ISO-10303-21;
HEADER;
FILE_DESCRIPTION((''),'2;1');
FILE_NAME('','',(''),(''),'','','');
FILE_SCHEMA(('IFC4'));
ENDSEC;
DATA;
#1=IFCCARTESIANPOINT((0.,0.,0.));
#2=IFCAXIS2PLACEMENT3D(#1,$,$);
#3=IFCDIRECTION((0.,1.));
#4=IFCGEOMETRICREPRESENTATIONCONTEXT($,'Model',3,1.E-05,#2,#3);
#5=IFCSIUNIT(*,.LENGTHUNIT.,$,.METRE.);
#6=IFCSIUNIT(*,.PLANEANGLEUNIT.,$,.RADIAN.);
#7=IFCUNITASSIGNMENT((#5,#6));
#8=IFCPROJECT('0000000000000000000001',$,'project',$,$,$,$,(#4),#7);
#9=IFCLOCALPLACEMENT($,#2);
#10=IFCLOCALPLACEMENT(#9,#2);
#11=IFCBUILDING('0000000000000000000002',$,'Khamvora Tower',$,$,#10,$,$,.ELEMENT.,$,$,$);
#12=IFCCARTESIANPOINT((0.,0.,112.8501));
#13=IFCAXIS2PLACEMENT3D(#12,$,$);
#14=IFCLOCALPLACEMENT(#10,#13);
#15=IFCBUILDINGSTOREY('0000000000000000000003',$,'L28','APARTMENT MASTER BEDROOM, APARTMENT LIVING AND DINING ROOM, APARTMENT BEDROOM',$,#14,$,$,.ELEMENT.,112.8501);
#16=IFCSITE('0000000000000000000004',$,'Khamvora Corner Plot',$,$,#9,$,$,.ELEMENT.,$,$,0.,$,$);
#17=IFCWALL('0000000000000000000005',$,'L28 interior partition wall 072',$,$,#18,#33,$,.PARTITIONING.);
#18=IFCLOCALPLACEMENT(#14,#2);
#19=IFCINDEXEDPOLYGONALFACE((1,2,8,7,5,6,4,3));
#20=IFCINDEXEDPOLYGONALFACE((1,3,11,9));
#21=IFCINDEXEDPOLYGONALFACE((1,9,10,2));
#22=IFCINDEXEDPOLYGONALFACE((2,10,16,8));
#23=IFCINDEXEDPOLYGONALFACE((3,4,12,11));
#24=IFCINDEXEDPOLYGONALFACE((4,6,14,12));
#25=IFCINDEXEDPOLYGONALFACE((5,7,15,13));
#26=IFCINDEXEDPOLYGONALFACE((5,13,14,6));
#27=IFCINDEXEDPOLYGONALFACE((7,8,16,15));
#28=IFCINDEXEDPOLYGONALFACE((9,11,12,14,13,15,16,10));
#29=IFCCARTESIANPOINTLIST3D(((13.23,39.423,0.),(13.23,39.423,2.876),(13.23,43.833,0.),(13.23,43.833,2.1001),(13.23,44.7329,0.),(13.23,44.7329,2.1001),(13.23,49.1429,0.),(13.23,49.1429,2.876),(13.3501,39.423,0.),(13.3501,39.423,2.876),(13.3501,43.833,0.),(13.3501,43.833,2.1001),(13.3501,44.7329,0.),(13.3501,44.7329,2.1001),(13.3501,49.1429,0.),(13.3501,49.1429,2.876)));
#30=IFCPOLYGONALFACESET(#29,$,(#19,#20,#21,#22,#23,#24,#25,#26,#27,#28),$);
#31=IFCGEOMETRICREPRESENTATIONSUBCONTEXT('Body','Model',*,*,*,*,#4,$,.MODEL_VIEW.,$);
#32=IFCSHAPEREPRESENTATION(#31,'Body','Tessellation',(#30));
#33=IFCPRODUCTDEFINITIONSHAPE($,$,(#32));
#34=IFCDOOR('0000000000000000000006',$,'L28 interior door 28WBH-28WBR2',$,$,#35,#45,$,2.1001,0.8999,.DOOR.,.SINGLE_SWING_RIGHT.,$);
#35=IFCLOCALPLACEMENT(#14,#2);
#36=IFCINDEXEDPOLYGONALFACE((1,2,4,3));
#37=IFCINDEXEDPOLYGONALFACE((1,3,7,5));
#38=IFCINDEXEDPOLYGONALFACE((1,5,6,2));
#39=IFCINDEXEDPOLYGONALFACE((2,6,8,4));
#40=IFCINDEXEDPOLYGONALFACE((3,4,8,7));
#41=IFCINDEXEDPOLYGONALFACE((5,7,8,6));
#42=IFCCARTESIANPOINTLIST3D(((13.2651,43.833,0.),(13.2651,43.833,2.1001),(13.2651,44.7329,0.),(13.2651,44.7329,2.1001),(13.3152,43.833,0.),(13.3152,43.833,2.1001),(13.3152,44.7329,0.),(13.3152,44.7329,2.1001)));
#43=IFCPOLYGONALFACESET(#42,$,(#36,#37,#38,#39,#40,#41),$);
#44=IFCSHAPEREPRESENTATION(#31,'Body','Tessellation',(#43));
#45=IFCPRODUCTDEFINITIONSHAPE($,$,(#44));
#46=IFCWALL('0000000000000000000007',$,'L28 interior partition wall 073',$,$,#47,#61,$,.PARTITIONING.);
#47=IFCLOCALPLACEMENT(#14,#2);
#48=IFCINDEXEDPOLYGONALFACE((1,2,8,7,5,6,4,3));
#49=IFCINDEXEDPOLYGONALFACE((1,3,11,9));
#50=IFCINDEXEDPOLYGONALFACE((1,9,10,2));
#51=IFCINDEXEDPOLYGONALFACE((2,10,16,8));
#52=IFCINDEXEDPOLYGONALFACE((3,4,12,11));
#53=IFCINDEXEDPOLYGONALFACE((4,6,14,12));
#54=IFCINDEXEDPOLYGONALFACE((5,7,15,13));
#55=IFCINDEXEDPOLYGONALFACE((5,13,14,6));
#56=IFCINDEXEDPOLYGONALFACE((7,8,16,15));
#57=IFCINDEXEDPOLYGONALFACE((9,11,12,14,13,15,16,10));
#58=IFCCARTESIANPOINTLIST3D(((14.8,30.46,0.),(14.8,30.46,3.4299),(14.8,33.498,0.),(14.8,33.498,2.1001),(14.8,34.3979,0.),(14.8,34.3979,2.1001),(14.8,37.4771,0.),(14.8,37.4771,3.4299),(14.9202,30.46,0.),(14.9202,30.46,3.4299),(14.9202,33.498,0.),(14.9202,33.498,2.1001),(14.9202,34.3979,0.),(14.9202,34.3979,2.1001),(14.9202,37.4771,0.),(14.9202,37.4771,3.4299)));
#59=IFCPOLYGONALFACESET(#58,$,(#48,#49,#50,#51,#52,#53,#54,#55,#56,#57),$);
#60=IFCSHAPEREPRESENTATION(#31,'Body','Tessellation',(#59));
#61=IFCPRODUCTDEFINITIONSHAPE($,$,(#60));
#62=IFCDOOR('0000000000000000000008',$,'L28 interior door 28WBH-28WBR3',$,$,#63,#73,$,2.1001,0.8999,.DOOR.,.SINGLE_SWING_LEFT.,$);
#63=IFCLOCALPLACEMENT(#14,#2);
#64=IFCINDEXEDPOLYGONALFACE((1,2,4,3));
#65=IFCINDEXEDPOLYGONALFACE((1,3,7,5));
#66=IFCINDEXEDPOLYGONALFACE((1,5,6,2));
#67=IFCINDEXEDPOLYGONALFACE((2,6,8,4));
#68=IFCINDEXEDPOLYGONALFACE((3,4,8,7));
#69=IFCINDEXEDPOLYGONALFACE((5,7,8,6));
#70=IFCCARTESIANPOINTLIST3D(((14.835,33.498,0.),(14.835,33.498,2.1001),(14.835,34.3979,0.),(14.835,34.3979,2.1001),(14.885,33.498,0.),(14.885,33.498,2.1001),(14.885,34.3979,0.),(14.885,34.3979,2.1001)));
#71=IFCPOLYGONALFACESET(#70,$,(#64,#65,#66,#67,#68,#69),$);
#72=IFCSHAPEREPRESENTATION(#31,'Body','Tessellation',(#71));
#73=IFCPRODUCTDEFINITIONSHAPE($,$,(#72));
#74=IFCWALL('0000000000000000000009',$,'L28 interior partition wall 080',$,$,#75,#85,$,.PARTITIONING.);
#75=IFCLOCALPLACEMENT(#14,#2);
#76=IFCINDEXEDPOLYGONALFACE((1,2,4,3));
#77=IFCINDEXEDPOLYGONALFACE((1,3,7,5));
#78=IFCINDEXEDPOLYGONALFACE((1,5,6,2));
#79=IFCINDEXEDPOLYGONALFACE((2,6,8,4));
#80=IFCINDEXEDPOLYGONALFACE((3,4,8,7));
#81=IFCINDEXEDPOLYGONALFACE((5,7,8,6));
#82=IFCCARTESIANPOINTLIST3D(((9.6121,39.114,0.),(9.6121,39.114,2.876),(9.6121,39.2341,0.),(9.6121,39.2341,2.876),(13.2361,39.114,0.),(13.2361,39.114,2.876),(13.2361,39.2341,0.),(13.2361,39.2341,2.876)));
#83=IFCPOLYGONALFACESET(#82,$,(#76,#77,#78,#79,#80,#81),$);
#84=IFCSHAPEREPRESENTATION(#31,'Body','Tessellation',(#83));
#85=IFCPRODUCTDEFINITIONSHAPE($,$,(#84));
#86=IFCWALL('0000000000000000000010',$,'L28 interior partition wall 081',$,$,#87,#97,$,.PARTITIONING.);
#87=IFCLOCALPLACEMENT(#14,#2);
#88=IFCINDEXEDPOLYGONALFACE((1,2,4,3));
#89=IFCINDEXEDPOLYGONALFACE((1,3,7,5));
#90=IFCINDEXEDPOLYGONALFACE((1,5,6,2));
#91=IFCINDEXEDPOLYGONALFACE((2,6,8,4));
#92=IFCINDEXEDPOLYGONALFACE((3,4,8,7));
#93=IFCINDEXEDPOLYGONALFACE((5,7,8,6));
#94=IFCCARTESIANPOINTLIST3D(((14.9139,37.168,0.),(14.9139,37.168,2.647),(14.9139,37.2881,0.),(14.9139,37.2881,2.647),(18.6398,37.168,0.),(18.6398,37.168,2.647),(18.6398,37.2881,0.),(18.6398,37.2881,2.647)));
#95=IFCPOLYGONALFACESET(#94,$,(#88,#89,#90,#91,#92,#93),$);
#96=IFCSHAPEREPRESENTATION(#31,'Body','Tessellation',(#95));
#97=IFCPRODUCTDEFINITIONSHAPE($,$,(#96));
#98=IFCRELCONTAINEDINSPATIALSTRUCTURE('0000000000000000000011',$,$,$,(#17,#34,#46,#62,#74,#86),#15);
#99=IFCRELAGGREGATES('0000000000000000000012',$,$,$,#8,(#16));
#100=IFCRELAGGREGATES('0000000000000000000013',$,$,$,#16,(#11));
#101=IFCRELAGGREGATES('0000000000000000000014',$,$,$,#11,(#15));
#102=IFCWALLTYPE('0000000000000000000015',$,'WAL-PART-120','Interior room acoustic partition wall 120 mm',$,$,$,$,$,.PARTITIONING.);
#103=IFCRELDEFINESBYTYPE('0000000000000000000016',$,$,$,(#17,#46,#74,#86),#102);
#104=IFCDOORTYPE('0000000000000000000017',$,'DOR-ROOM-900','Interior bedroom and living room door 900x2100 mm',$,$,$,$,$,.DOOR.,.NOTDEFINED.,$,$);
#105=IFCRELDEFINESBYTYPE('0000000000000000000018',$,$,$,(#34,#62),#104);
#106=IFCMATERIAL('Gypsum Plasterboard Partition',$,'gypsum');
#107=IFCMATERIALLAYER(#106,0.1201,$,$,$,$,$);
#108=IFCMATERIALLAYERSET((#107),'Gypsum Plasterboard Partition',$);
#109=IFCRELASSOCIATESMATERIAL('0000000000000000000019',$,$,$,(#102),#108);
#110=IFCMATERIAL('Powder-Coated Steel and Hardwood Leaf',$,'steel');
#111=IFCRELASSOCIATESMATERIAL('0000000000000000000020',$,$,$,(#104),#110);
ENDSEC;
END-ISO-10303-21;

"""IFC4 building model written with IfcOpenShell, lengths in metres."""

from ifc_helpers import new_model, si_unit, direction, frame, frame_2d, origin, place, context, subcontext, project, spatial, rectangle, extrude, material, layer, layer_set, type_object, element, fill, save


model = new_model("IFC4")

# Units and contexts
model_context = context("Model", 3, precision=1e-05, world=origin(), true_north=direction((0.0, 1.0)))
body_context = subcontext(model_context, "Body", "Model", "MODEL_VIEW")
ifc_project = project(units=[si_unit("LENGTHUNIT", "METRE"), si_unit("PLANEANGLEUNIT", "RADIAN")], contexts=[model_context])

# Site, building, storey
site_placement = place(None, origin())
site = spatial("IfcSite", under=ifc_project, at=site_placement, Name="Khamvora Corner Plot", CompositionType="ELEMENT", RefElevation=0.0)
building_placement = place(site_placement, origin())
building = spatial("IfcBuilding", under=site, at=building_placement, Name="Khamvora Tower", CompositionType="ELEMENT")
storey_placement = place(building_placement, frame((0.0, 0.0, 112.8501)))
storey = spatial("IfcBuildingStorey", under=building, at=storey_placement, Name="L28", Description="APARTMENT MASTER BEDROOM, APARTMENT LIVING AND DINING ROOM, APARTMENT BEDROOM", CompositionType="ELEMENT", Elevation=112.8501)

# Walls, openings, doors
ifc_material_1 = material(Name="Gypsum Plasterboard Partition", Category="gypsum")
ifc_layer_1 = layer(ifc_material_1, 0.1201)
ifc_layer_set_1 = layer_set([ifc_layer_1], Name="Gypsum Plasterboard Partition")
wall_type_1 = type_object("IfcWallType", Name="WAL-PART-120", Description="Interior room acoustic partition wall 120 mm", PredefinedType="PARTITIONING", material=ifc_layer_set_1)
wall_1_placement = place(storey_placement, frame((13.29, 39.4231, 0.0), z_axis=(0.0, 0.0, 1.0), x_axis=(0.0, 1.0, 0.0)))
wall_1 = element("IfcWall", 1, at=wall_1_placement, inside=storey, type_object=wall_type_1, Name="L28 interior partition wall 072", PredefinedType="PARTITIONING", context=body_context, shape_type="SweptSolid", body=[
    extrude(rectangle(XDim=9.72, YDim=0.1201, at=frame_2d((4.8599, 0.0))), origin(), (0.0, 0.0, 1.0), 2.876),
])
opening_1_placement = place(wall_1_placement, frame((4.4099, 0.0, 0.0)))
opening_1 = element("IfcOpeningElement", 2, at=opening_1_placement, cuts=wall_1, PredefinedType="OPENING", context=body_context, shape_type="SweptSolid", body=[
    extrude(rectangle(XDim=0.8999, YDim=2.1001, at=frame_2d((0.45, 1.05))), frame((0.0, 0.0701, 0.0), z_axis=(0.0, -1.0, 0.0), x_axis=(1.0, 0.0, 0.0)), (0.0, 0.0, 1.0), 0.1401),
])
ifc_material_2 = material(Name="Powder-Coated Steel and Hardwood Leaf", Category="steel")
door_type = type_object("IfcDoorType", Name="DOR-ROOM-900", Description="Interior bedroom and living room door 900x2100 mm", OperationType="NOTDEFINED", PredefinedType="DOOR", material=ifc_material_2)
door_1_placement = place(opening_1_placement, origin())
door_1 = element("IfcDoor", 3, at=door_1_placement, inside=storey, type_object=door_type, Name="L28 interior door 28WBH-28WBR2", OperationType="SINGLE_SWING_RIGHT", OverallHeight=2.1001, OverallWidth=0.8999, PredefinedType="DOOR", context=body_context, shape_type="SweptSolid", body=[
    extrude(rectangle(XDim=0.8999, YDim=2.1001, at=frame_2d((0.45, 1.05))), frame((0.0, 0.0249, 0.0), z_axis=(0.0, -1.0, 0.0), x_axis=(1.0, 0.0, 0.0)), (0.0, 0.0, 1.0), 0.05),
])
fill(opening_1, door_1)
wall_2_placement = place(storey_placement, frame((14.8601, 37.4771, 0.0), z_axis=(0.0, 0.0, 1.0), x_axis=(0.0, -1.0, 0.0)))
wall_2 = element("IfcWall", 4, at=wall_2_placement, inside=storey, type_object=wall_type_1, Name="L28 interior partition wall 073", PredefinedType="PARTITIONING", context=body_context, shape_type="SweptSolid", body=[
    extrude(rectangle(XDim=7.0171, YDim=0.1201, at=frame_2d((3.5085, 0.0))), origin(), (0.0, 0.0, 1.0), 3.4299),
])
opening_2_placement = place(wall_2_placement, frame((3.0791, 0.0, 0.0)))
opening_2 = element("IfcOpeningElement", 5, at=opening_2_placement, cuts=wall_2, PredefinedType="OPENING", context=body_context, shape_type="SweptSolid", body=[
    extrude(rectangle(XDim=0.8999, YDim=2.1001, at=frame_2d((0.45, 1.05))), frame((0.0, 0.0701, 0.0), z_axis=(0.0, -1.0, 0.0), x_axis=(1.0, 0.0, 0.0)), (0.0, 0.0, 1.0), 0.1401),
])
door_2_placement = place(opening_2_placement, origin())
door_2 = element("IfcDoor", 6, at=door_2_placement, inside=storey, type_object=door_type, Name="L28 interior door 28WBH-28WBR3", OperationType="SINGLE_SWING_LEFT", OverallHeight=2.1001, OverallWidth=0.8999, PredefinedType="DOOR", context=body_context, shape_type="SweptSolid", body=[
    extrude(rectangle(XDim=0.8999, YDim=2.1001, at=frame_2d((0.45, 1.05))), frame((0.0, 0.0249, 0.0), z_axis=(0.0, -1.0, 0.0), x_axis=(1.0, 0.0, 0.0)), (0.0, 0.0, 1.0), 0.05),
])
fill(opening_2, door_2)

# Walls
wall_3_placement = place(storey_placement, frame((9.6121, 39.1741, 0.0), z_axis=(0.0, 0.0, 1.0), x_axis=(1.0, 0.0, 0.0)))
element("IfcWall", 7, at=wall_3_placement, inside=storey, type_object=wall_type_1, Name="L28 interior partition wall 080", PredefinedType="PARTITIONING", context=body_context, shape_type="SweptSolid", body=[
    extrude(rectangle(XDim=3.624, YDim=0.1201, at=frame_2d((1.812, 0.0))), origin(), (0.0, 0.0, 1.0), 2.876),
])
wall_4_placement = place(storey_placement, frame((14.9141, 37.228, 0.0), z_axis=(0.0, 0.0, 1.0), x_axis=(1.0, 0.0, 0.0)))
element("IfcWall", 8, at=wall_4_placement, inside=storey, type_object=wall_type_1, Name="L28 interior partition wall 081", PredefinedType="PARTITIONING", context=body_context, shape_type="SweptSolid", body=[
    extrude(rectangle(XDim=3.7258, YDim=0.1201, at=frame_2d((1.8628, 0.0))), origin(), (0.0, 0.0, 1.0), 2.647),
])

save(model, "model.ifc")
